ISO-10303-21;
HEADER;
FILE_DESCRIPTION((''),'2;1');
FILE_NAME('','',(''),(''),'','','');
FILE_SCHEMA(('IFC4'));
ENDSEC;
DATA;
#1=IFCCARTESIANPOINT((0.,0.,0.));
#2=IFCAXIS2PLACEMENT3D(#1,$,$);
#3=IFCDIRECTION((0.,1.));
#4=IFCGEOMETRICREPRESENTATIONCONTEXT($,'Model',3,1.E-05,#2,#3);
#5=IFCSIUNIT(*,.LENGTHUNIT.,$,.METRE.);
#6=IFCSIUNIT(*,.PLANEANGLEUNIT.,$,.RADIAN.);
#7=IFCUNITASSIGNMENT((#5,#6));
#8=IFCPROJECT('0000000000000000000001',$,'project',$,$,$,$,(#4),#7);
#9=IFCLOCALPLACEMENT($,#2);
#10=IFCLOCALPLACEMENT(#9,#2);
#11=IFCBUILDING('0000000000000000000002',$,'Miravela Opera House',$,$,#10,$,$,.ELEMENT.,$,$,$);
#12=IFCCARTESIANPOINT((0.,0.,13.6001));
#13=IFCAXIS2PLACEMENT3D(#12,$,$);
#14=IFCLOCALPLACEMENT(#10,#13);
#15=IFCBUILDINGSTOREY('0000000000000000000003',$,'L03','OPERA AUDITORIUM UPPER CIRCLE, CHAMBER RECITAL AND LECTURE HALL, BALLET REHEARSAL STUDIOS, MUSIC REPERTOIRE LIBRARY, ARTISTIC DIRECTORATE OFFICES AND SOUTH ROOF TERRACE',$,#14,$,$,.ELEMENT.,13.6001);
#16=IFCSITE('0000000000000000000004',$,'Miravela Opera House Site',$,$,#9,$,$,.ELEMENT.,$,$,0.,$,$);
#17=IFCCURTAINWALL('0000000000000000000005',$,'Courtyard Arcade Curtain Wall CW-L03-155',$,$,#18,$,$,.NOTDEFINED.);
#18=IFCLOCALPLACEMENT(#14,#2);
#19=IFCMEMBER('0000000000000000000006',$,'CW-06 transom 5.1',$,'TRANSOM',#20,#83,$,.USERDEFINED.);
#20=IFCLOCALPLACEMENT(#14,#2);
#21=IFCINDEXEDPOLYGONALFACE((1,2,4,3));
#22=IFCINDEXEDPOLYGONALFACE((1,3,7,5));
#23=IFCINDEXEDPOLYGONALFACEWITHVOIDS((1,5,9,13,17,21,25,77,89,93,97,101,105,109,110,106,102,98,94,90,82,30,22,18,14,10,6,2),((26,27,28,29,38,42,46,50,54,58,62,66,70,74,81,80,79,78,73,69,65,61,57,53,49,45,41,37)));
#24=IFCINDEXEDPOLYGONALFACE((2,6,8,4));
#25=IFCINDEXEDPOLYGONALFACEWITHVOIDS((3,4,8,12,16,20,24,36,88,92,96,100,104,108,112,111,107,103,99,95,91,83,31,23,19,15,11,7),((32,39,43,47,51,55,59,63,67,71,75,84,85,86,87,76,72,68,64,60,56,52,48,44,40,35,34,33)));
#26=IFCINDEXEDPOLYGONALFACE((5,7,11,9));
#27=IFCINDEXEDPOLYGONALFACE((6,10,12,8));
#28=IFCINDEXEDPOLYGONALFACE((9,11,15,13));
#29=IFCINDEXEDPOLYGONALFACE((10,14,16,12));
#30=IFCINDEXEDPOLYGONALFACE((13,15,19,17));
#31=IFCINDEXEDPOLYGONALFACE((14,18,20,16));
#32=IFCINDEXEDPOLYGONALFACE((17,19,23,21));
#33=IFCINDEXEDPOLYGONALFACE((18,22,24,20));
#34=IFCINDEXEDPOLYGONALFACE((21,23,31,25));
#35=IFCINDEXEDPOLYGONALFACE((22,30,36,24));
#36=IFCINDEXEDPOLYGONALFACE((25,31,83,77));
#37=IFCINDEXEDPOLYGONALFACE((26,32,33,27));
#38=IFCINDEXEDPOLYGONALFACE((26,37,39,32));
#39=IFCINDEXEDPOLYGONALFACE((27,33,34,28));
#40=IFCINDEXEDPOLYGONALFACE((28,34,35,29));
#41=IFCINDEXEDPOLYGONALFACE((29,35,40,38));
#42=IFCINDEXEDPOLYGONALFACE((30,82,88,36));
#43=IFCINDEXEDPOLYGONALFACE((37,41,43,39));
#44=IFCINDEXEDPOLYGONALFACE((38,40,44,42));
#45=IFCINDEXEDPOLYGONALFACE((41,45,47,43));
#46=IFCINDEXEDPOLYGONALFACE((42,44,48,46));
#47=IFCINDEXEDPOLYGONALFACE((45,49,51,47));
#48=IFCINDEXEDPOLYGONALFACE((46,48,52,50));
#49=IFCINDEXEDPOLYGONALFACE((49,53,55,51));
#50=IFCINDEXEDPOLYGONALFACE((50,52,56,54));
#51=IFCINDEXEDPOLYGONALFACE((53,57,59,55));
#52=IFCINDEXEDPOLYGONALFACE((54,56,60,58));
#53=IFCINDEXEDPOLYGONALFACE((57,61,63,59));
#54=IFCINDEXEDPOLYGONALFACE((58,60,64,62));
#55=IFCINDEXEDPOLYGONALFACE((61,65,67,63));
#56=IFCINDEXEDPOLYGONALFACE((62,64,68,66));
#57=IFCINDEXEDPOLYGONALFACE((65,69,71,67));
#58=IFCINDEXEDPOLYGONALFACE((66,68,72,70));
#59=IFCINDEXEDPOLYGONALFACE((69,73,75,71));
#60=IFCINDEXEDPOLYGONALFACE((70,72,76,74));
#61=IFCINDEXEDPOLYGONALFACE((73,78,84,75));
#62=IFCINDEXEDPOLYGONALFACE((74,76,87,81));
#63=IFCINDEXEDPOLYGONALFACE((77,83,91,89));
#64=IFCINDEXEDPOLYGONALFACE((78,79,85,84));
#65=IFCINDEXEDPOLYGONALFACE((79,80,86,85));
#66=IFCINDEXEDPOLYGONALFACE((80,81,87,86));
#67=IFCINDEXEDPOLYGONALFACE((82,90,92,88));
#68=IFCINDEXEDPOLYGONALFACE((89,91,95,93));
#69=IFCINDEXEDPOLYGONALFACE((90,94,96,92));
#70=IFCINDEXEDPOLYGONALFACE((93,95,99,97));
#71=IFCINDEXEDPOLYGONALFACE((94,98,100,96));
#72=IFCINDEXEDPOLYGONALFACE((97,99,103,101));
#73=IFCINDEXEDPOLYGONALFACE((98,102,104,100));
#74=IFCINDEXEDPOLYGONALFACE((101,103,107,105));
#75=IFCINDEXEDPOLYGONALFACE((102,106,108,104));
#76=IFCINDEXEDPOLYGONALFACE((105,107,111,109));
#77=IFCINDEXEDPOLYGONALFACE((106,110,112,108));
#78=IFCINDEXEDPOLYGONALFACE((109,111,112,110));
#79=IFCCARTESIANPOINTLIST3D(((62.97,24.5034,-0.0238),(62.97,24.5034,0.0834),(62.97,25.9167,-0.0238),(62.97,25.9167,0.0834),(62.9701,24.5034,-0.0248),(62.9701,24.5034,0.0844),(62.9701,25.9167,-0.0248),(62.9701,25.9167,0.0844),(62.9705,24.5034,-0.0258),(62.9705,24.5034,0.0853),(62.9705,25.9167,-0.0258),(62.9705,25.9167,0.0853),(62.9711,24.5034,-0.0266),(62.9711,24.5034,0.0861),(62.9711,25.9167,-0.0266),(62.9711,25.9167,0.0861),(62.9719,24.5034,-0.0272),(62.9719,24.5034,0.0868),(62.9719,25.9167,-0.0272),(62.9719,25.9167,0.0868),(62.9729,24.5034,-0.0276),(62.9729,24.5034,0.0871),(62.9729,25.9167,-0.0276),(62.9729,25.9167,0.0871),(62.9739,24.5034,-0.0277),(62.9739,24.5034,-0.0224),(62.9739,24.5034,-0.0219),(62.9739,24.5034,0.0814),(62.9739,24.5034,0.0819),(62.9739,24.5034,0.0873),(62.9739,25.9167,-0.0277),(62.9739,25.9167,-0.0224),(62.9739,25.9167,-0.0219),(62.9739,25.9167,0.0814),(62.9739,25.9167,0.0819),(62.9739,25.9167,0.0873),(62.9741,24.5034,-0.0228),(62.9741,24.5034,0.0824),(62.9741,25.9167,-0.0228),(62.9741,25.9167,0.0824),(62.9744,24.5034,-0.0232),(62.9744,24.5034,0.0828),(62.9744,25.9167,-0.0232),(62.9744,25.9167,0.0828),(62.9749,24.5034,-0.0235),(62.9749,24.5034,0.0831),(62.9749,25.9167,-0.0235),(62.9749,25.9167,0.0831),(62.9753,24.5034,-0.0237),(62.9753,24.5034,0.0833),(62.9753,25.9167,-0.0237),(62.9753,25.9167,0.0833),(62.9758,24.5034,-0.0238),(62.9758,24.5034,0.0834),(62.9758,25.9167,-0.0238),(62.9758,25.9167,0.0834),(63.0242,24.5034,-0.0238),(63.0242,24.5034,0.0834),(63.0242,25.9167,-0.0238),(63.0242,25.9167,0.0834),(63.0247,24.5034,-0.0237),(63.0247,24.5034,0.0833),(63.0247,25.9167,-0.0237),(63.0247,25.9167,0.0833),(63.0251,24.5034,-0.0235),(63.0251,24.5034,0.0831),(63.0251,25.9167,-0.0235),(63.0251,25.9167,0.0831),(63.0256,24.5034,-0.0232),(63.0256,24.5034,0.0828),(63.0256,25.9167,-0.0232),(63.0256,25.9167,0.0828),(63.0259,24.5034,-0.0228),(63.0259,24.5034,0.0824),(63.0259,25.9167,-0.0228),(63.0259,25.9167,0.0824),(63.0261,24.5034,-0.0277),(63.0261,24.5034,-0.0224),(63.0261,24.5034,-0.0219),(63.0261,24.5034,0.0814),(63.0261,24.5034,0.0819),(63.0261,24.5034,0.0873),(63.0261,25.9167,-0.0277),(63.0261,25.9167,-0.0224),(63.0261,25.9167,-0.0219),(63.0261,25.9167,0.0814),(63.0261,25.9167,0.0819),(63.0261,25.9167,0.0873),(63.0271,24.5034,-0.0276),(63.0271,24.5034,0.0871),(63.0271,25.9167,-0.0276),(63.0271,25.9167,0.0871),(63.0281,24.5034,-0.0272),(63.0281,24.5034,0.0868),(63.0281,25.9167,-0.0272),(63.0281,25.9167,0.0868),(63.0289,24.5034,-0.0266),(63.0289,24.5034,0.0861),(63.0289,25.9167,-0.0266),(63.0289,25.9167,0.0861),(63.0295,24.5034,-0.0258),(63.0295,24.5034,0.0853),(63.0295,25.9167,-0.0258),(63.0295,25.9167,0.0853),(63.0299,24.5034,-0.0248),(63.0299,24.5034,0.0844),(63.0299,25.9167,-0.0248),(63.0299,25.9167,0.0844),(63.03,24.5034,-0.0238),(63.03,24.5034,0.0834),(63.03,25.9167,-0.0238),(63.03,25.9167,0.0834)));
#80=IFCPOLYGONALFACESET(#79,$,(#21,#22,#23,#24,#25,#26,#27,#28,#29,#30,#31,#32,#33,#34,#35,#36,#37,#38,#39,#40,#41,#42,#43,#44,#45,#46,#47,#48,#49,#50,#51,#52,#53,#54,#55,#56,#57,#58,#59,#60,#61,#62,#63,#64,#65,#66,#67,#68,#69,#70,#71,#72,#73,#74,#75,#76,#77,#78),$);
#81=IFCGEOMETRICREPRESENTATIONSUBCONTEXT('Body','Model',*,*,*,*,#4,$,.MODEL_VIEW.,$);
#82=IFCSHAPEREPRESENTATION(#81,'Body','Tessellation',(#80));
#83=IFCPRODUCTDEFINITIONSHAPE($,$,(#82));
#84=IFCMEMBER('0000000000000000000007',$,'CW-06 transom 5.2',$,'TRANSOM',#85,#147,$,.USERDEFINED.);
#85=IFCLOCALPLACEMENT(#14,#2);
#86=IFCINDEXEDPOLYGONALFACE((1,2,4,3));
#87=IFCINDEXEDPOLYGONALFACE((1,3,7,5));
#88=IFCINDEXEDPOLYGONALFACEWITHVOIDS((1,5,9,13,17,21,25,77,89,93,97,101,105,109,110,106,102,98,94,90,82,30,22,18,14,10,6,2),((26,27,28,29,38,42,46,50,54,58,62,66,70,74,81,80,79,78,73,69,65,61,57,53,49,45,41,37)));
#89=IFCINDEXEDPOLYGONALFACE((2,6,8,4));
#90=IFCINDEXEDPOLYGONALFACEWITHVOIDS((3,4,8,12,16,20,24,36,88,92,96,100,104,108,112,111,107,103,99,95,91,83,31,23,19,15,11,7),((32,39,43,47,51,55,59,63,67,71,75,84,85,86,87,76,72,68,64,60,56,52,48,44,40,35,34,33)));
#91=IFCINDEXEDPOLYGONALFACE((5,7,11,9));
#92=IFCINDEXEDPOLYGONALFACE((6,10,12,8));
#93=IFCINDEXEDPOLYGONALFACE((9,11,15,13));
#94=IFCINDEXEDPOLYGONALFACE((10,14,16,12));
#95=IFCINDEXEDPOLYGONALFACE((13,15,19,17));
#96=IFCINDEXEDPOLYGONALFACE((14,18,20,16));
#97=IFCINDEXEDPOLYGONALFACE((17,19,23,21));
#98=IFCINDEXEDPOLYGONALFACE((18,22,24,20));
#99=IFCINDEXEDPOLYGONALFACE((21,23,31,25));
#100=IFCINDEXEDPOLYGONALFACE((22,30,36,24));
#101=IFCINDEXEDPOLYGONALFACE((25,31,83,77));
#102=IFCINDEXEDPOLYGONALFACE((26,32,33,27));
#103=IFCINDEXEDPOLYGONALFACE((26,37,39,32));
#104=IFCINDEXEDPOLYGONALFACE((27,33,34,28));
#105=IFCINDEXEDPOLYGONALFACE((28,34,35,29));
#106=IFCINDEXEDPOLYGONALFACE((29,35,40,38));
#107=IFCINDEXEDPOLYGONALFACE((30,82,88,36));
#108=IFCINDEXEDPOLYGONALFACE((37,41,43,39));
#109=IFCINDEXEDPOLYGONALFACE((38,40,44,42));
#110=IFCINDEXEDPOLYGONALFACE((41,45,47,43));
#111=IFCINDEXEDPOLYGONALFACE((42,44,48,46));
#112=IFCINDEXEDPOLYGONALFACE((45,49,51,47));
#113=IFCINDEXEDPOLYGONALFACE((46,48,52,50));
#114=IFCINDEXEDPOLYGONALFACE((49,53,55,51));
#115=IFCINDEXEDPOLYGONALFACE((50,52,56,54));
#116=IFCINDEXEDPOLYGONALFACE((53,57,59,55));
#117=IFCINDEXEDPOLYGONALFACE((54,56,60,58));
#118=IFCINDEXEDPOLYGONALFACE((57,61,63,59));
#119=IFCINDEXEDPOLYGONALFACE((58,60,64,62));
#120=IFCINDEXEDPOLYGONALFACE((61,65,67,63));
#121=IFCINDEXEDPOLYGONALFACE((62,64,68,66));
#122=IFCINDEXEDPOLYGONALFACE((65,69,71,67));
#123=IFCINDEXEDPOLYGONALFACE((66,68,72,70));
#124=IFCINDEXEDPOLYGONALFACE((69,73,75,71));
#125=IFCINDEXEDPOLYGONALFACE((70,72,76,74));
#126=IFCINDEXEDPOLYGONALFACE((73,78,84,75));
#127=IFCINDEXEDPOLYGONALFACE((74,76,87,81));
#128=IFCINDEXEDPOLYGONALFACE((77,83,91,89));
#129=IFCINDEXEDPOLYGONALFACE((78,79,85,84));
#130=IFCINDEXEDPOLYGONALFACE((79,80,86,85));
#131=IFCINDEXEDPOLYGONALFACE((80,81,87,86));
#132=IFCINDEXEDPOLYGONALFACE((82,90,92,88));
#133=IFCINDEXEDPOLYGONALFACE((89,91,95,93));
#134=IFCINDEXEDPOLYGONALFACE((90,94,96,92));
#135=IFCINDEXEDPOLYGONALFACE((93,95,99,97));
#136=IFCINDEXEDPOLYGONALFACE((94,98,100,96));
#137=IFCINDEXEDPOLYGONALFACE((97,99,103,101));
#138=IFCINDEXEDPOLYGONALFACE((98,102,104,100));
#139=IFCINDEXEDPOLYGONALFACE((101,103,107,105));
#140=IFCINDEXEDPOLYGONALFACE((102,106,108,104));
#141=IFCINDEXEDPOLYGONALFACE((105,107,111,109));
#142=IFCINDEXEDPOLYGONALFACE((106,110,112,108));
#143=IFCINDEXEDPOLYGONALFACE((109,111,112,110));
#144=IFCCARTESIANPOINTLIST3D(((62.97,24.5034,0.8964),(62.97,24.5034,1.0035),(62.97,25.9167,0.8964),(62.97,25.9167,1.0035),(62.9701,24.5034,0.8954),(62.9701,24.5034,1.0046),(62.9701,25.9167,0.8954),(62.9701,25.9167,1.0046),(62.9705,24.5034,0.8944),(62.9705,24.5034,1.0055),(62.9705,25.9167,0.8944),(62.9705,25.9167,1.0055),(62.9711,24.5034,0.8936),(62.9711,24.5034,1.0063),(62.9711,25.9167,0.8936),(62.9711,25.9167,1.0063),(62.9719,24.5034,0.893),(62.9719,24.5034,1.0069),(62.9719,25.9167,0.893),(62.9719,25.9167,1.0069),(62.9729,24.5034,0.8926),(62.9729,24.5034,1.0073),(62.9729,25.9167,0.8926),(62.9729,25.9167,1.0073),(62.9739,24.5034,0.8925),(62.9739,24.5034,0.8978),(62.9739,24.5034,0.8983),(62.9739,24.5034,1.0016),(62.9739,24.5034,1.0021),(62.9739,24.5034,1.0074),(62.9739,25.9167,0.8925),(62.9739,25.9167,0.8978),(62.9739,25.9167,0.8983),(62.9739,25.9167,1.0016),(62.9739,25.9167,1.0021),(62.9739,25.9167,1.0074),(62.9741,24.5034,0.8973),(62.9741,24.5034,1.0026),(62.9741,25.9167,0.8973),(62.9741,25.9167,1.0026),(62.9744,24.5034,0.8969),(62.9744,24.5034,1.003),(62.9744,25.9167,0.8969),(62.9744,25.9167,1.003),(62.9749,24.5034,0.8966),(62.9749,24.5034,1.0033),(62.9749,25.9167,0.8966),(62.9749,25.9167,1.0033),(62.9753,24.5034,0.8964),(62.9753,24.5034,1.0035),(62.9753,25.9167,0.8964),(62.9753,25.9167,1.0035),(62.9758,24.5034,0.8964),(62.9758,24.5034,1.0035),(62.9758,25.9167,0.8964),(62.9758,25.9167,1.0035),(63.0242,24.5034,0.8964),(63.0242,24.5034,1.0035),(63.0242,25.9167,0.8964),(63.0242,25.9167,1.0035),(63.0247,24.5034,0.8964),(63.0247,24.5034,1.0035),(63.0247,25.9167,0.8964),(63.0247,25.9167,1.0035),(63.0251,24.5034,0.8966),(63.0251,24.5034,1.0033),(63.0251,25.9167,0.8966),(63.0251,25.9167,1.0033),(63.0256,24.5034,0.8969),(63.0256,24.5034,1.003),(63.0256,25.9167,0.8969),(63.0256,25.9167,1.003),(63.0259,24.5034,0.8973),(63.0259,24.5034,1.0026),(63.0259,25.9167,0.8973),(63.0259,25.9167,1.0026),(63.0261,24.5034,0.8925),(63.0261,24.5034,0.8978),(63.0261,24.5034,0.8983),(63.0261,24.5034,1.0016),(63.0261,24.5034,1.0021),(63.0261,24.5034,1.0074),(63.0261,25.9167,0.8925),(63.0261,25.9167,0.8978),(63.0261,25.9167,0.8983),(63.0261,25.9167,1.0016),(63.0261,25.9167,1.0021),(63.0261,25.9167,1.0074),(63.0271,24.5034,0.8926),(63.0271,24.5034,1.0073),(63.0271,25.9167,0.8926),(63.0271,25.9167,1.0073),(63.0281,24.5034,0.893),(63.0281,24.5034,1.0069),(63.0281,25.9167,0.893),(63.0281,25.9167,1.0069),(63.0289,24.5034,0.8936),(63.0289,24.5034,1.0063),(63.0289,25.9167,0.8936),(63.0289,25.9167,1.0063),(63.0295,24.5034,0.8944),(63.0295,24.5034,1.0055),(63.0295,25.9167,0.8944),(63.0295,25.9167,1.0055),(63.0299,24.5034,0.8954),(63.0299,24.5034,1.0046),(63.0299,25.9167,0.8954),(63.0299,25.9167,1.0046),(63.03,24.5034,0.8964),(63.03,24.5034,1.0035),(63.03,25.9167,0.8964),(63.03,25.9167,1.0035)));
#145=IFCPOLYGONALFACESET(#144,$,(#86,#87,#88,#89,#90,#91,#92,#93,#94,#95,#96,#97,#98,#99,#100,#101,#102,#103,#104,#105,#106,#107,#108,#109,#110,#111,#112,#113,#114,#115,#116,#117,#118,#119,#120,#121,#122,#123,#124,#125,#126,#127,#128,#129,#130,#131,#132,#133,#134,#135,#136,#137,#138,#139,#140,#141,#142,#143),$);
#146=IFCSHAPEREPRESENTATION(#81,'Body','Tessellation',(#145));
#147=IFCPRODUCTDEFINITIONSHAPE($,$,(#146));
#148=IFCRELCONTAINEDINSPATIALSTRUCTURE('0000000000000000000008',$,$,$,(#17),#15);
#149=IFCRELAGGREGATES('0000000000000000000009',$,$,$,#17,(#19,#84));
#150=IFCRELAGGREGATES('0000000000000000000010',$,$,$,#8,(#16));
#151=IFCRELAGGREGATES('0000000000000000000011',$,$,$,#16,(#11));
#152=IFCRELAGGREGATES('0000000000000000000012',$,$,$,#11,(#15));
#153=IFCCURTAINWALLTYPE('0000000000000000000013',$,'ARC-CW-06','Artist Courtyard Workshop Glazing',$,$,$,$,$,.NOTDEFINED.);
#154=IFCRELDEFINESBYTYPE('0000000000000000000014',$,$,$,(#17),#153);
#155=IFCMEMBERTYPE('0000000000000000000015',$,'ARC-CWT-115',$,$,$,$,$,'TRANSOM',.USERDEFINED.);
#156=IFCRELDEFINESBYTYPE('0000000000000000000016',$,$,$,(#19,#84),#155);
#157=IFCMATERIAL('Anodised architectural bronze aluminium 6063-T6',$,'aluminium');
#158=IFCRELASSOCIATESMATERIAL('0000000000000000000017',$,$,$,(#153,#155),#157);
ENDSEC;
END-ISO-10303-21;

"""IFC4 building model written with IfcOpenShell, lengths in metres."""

from ifc_helpers import new_model, si_unit, direction, frame, origin, origin_2d, place, context, subcontext, project, spatial, hollow_rectangle, extrude, material, material_profile, profile_set, type_object, element, aggregate, save


model = new_model("IFC4")

# Units and contexts
model_context = context("Model", 3, precision=1e-05, world=origin(), true_north=direction((0.0, 1.0)))
body_context = subcontext(model_context, "Body", "Model", "MODEL_VIEW")
ifc_project = project(units=[si_unit("LENGTHUNIT", "METRE"), si_unit("PLANEANGLEUNIT", "RADIAN")], contexts=[model_context])

# Site, building, storey
site_placement = place(None, origin())
site = spatial("IfcSite", under=ifc_project, at=site_placement, Name="Miravela Opera House Site", CompositionType="ELEMENT", RefElevation=0.0)
building_placement = place(site_placement, origin())
building = spatial("IfcBuilding", under=site, at=building_placement, Name="Miravela Opera House", CompositionType="ELEMENT")
storey_placement = place(building_placement, frame((0.0, 0.0, 13.6001)))
storey = spatial("IfcBuildingStorey", under=building, at=storey_placement, Name="L03", Description="OPERA AUDITORIUM UPPER CIRCLE, CHAMBER RECITAL AND LECTURE HALL, BALLET REHEARSAL STUDIOS, MUSIC REPERTOIRE LIBRARY, ARTISTIC DIRECTORATE OFFICES AND SOUTH ROOF TERRACE", CompositionType="ELEMENT", Elevation=13.6001)

# Curtain wall, members
ifc_material_1 = material(Name="Anodised architectural bronze aluminium 6063-T6", Category="aluminium")
curtain_wall_type = type_object("IfcCurtainWallType", Name="ARC-CW-06", Description="Artist Courtyard Workshop Glazing", PredefinedType="NOTDEFINED", material=ifc_material_1)
curtain_wall_placement = place(storey_placement, origin())
curtain_wall = element("IfcCurtainWall", 1, at=curtain_wall_placement, inside=storey, type_object=curtain_wall_type, Name="Courtyard Arcade Curtain Wall CW-L03-155", PredefinedType="NOTDEFINED")
ifc_material_profile_1 = material_profile(ifc_material_1, hollow_rectangle(XDim=0.0601, YDim=0.115, WallThickness=0.0039, InnerFilletRadius=0.002, OuterFilletRadius=0.0039, at=origin_2d()), Name="CWT-60X115")
ifc_profile_set_1 = profile_set([ifc_material_profile_1])
member_type_1 = type_object("IfcMemberType", Name="ARC-CWT-115", ElementType="TRANSOM", PredefinedType="USERDEFINED", material=ifc_profile_set_1)
member_1_placement = place(storey_placement, frame((63.0, 24.5034, 0.0298), z_axis=(0.0, 1.0, 0.0), x_axis=(-1.0, 0.0, 0.0)))
member_1 = element("IfcMember", 2, at=member_1_placement, type_object=member_type_1, Name="CW-06 transom 5.1", ObjectType="TRANSOM", PredefinedType="USERDEFINED", context=body_context, shape_type="SweptSolid", body=[
    extrude(hollow_rectangle(XDim=0.0601, YDim=0.115, WallThickness=0.0039, InnerFilletRadius=0.002, OuterFilletRadius=0.0039, at=origin_2d()), origin(), (0.0, 0.0, 1.0), 1.4133),
])
member_2_placement = place(storey_placement, frame((63.0, 24.5034, 0.95), z_axis=(0.0, 1.0, 0.0), x_axis=(-1.0, 0.0, 0.0)))
member_2 = element("IfcMember", 3, at=member_2_placement, type_object=member_type_1, Name="CW-06 transom 5.2", ObjectType="TRANSOM", PredefinedType="USERDEFINED", context=body_context, shape_type="SweptSolid", body=[
    extrude(hollow_rectangle(XDim=0.0601, YDim=0.115, WallThickness=0.0039, InnerFilletRadius=0.002, OuterFilletRadius=0.0039, at=origin_2d()), origin(), (0.0, 0.0, 1.0), 1.4133),
])
aggregate(curtain_wall, [member_1, member_2])

save(model, "model.ifc")
